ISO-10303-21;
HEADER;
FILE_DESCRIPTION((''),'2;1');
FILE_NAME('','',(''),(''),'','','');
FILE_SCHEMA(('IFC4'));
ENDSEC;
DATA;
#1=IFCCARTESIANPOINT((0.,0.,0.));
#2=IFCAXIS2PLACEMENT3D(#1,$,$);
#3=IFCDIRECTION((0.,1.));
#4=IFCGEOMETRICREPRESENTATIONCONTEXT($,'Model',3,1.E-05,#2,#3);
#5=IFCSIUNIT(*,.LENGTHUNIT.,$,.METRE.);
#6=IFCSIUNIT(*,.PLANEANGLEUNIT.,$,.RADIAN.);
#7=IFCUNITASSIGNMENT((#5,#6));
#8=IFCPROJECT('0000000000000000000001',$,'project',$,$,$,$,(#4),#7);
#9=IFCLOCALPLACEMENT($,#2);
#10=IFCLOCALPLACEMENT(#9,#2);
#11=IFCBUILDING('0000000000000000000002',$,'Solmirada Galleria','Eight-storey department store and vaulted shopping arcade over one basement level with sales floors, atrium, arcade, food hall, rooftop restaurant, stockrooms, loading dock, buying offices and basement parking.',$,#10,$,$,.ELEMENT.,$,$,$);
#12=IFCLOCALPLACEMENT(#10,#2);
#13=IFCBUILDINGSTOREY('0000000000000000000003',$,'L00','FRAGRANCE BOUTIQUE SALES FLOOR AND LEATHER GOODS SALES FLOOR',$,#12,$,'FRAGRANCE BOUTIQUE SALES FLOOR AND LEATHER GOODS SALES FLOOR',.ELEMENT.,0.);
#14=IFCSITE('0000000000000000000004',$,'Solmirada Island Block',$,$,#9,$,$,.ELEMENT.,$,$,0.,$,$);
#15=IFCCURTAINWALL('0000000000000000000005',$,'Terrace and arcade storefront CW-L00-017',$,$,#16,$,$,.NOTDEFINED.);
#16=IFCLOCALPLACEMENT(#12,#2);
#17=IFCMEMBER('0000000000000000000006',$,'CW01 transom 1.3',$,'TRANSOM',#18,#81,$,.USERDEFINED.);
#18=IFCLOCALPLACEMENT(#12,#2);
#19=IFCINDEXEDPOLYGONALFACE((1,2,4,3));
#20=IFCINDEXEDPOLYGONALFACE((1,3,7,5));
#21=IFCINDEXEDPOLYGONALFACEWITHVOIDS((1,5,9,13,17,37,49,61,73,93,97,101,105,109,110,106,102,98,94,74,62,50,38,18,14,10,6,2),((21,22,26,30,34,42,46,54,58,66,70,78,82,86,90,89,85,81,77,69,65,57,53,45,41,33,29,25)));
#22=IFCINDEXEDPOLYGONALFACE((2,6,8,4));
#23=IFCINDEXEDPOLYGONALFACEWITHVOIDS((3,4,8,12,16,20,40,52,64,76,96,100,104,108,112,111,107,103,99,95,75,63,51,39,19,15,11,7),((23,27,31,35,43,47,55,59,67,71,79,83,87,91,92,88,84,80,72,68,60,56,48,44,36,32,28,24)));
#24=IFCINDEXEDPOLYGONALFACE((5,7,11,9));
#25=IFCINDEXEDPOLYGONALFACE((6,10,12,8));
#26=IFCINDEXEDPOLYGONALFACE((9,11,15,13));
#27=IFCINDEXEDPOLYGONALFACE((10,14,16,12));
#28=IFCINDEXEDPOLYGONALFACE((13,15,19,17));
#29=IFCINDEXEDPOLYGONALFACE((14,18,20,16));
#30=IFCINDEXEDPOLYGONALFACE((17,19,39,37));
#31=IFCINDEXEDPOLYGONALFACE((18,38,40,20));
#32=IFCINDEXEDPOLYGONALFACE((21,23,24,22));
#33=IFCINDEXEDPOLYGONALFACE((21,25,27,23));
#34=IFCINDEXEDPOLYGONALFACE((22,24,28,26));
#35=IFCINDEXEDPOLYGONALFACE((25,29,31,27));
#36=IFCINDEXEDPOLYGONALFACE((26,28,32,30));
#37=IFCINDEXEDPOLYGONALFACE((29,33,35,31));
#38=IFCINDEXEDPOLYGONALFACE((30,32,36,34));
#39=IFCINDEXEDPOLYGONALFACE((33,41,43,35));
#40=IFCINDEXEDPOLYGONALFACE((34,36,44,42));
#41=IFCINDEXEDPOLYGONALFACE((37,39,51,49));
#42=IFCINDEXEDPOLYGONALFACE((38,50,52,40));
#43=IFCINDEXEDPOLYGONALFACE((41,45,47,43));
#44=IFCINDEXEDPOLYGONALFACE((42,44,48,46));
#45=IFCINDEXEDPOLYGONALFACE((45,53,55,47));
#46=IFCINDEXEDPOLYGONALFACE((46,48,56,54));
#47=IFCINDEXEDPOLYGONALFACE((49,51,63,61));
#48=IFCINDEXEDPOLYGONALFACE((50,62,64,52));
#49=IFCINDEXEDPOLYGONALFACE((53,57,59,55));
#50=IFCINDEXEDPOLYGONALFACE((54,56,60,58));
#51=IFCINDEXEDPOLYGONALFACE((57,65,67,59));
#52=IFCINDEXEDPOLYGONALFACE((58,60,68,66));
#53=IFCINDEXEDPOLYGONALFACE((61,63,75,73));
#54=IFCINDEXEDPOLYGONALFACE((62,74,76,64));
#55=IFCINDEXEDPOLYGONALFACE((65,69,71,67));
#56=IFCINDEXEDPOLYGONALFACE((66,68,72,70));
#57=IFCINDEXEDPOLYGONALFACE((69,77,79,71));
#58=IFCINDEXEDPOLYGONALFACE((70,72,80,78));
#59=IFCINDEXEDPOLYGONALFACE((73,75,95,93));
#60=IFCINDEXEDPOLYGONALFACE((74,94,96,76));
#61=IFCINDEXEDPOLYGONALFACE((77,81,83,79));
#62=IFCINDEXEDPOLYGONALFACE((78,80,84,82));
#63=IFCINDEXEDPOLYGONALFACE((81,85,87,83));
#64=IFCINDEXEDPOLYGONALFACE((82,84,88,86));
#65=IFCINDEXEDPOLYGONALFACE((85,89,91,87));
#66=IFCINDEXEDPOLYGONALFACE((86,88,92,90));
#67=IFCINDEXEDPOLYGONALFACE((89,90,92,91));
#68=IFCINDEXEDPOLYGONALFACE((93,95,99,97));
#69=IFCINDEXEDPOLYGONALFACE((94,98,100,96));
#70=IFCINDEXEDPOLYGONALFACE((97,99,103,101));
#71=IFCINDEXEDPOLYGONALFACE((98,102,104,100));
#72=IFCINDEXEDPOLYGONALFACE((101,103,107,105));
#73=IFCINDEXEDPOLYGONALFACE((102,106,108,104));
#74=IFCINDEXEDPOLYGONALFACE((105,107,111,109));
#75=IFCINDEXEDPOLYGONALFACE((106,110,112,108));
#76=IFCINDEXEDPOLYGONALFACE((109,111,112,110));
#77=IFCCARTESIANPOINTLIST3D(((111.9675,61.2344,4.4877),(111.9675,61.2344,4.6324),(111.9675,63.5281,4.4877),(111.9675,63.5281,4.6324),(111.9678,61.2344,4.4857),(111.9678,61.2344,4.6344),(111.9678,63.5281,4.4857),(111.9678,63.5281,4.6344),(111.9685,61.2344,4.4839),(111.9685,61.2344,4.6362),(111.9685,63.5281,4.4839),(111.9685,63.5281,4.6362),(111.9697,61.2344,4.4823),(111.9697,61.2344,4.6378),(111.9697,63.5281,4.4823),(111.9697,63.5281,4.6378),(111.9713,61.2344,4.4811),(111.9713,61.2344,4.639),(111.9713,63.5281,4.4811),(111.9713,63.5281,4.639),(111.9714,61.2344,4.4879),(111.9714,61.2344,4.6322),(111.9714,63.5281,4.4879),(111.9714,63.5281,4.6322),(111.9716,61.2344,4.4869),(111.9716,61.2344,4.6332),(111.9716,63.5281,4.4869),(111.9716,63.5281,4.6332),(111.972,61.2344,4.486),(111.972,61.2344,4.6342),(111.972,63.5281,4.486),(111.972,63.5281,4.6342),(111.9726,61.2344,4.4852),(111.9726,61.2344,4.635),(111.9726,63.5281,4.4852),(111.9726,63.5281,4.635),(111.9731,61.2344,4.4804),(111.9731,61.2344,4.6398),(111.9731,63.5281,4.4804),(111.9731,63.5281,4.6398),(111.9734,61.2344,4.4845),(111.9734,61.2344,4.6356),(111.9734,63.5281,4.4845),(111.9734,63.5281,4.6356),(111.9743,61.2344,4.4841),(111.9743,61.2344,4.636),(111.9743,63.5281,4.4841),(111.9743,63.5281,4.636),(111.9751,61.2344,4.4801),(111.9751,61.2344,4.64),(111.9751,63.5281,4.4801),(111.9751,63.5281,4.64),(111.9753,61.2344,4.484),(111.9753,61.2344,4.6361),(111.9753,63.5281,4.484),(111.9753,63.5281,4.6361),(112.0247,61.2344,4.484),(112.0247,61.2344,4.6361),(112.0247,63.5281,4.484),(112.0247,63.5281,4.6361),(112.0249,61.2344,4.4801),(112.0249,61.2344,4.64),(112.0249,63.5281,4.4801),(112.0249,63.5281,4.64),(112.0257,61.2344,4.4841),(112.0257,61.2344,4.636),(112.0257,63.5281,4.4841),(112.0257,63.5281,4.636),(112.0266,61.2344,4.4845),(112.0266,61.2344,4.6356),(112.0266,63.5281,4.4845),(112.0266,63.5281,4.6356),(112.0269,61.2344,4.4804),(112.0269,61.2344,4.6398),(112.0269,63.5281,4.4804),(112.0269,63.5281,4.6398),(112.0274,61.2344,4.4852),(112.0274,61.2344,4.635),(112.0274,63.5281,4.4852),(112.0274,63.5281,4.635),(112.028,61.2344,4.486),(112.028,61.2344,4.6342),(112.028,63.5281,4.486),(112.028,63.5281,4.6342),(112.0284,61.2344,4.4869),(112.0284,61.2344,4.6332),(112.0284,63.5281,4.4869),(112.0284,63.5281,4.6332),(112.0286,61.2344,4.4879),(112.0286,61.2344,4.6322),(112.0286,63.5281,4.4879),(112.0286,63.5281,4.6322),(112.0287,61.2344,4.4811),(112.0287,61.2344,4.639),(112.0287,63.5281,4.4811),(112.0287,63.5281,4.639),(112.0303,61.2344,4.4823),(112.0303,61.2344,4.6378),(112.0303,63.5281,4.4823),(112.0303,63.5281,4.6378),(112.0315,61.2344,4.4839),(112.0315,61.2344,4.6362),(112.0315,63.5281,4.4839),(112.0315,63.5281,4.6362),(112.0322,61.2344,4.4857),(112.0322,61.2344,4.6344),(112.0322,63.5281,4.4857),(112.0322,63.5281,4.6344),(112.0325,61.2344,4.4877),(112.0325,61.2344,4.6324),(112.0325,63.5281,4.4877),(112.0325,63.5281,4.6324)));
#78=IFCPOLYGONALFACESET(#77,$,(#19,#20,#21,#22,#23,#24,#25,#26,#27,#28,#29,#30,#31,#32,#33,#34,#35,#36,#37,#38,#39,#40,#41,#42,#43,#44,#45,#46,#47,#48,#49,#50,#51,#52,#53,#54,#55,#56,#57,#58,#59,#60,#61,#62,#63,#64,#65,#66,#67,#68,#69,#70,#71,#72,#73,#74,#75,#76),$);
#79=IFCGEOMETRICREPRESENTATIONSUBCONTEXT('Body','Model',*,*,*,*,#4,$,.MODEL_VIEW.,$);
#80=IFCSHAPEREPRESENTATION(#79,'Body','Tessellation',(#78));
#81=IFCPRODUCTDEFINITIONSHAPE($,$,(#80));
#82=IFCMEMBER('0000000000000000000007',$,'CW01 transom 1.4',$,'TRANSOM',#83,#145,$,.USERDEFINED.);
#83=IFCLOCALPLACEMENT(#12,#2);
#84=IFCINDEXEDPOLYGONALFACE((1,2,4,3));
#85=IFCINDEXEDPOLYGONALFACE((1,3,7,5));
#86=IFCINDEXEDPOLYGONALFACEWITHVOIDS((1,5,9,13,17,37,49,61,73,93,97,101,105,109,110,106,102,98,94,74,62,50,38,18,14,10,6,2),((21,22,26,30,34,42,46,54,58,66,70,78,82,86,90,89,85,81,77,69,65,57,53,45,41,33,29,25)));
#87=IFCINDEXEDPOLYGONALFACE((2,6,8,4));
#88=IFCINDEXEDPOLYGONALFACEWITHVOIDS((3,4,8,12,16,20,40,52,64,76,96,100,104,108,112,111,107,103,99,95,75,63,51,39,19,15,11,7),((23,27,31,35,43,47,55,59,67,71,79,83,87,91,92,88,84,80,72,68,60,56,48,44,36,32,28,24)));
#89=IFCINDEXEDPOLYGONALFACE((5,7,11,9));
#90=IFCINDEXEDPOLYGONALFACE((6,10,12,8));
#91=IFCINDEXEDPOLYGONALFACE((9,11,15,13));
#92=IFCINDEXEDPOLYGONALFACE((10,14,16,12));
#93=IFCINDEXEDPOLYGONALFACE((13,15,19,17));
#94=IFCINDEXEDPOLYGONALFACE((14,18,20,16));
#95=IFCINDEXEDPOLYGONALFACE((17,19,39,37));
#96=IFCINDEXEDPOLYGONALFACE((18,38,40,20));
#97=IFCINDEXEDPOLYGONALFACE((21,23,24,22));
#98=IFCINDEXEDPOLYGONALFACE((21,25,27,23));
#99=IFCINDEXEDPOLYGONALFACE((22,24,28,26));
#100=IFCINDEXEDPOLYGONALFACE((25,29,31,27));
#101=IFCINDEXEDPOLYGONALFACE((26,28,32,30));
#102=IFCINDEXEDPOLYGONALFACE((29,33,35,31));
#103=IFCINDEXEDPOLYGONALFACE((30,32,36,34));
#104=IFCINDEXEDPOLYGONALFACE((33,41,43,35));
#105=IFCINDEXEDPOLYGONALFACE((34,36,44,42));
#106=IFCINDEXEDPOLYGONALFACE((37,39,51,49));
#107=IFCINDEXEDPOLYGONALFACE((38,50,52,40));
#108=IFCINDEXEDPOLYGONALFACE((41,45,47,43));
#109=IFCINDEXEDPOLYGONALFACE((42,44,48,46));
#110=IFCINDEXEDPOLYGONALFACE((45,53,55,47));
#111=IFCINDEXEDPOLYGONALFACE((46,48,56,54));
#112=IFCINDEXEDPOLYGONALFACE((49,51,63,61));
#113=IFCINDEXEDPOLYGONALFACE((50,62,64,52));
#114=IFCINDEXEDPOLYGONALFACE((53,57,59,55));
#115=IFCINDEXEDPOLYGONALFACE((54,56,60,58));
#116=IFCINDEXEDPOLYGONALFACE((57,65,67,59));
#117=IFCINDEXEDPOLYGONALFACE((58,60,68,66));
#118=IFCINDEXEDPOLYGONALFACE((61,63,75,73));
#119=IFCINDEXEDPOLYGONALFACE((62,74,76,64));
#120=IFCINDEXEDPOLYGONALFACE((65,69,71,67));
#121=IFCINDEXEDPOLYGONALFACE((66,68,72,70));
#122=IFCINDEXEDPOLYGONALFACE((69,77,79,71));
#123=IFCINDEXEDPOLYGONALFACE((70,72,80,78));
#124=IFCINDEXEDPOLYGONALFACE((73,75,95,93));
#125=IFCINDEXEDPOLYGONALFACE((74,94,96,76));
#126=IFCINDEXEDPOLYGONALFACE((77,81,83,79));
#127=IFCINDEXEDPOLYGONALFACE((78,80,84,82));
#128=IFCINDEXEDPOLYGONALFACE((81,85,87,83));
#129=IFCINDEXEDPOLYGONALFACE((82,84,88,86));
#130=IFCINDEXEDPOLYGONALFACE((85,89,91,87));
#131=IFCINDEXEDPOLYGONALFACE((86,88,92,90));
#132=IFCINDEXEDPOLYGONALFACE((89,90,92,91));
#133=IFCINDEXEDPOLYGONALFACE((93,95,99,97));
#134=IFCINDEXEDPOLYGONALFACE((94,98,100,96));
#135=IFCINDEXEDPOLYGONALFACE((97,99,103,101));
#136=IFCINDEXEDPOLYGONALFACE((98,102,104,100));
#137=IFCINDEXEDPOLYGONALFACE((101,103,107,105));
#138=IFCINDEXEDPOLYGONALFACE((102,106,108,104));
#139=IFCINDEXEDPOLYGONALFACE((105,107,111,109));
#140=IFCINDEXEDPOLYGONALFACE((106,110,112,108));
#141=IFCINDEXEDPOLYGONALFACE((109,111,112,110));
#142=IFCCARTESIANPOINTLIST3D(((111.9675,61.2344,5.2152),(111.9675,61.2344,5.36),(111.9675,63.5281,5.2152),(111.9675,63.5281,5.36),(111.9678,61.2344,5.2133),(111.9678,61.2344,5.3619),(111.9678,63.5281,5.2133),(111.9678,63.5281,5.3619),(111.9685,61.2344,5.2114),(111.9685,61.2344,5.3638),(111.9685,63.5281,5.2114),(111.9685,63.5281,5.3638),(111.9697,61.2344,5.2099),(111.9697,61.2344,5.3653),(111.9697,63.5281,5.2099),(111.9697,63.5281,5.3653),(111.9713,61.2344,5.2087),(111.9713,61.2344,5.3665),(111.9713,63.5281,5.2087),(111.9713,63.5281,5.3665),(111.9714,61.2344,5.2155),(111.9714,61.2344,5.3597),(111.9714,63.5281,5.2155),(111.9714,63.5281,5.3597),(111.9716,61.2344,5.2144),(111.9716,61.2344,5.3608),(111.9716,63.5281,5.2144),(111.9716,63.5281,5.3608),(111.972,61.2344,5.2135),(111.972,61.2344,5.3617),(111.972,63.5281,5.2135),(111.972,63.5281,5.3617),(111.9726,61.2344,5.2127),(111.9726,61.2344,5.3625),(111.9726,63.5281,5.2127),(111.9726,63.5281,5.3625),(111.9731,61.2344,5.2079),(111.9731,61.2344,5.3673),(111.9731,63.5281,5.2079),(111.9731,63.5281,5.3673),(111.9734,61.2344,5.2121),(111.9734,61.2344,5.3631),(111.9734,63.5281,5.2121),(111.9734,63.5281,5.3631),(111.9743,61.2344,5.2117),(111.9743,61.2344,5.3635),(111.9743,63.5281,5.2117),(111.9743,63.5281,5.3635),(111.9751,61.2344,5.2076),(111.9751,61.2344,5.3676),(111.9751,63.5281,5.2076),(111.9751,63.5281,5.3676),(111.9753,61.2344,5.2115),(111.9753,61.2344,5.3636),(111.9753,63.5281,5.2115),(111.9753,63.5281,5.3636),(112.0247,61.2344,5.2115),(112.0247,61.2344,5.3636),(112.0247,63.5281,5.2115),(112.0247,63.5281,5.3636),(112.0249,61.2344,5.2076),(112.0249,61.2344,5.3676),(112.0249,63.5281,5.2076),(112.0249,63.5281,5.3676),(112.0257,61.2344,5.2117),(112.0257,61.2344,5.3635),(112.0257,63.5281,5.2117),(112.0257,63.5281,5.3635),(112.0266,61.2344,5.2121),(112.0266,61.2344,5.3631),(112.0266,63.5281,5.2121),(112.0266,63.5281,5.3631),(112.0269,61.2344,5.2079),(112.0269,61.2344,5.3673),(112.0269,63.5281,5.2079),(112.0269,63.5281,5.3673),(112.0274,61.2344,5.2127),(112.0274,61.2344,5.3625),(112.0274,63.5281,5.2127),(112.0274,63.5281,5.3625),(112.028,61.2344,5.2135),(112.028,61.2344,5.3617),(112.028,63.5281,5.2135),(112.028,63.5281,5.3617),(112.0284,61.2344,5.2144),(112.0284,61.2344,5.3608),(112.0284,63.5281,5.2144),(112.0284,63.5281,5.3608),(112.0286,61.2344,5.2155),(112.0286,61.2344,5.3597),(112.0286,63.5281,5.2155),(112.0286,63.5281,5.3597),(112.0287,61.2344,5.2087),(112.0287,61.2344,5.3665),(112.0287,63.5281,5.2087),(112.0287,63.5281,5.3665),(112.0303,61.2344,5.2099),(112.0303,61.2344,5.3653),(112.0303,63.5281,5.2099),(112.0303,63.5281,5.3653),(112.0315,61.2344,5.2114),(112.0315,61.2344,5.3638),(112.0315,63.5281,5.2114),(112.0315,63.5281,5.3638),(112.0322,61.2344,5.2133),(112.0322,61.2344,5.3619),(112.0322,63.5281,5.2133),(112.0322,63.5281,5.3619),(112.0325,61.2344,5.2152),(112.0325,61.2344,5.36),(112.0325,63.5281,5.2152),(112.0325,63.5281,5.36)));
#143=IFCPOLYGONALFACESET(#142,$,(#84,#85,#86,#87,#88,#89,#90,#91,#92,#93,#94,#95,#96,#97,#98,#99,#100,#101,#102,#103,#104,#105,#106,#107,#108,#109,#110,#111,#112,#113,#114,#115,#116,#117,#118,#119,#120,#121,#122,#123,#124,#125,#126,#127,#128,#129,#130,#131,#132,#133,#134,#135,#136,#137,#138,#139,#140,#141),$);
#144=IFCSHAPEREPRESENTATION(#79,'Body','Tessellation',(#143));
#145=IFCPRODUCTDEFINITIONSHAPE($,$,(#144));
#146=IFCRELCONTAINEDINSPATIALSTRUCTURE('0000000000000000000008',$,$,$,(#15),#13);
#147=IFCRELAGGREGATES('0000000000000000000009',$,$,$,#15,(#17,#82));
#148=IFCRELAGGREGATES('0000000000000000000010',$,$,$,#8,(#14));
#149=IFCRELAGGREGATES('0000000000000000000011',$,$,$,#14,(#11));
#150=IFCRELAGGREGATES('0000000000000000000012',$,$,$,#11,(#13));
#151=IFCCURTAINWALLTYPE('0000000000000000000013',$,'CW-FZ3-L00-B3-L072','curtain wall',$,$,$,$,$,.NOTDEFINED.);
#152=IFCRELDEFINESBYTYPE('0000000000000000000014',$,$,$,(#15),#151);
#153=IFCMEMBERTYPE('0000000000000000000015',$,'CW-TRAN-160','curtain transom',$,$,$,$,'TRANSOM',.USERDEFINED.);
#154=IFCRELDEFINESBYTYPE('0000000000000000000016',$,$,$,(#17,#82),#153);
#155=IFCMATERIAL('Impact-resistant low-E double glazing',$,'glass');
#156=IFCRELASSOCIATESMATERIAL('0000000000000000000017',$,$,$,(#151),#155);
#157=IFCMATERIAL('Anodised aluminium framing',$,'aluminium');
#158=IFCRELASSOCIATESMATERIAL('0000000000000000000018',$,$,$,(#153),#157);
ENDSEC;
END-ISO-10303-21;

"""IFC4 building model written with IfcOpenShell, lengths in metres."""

from ifc_helpers import new_model, si_unit, direction, frame, origin, origin_2d, place, context, subcontext, project, spatial, hollow_rectangle, extrude, material, material_profile, profile_set, type_object, element, aggregate, save


model = new_model("IFC4")

# Units and contexts
model_context = context("Model", 3, precision=1e-05, world=origin(), true_north=direction((0.0, 1.0)))
body_context = subcontext(model_context, "Body", "Model", "MODEL_VIEW")
ifc_project = project(units=[si_unit("LENGTHUNIT", "METRE"), si_unit("PLANEANGLEUNIT", "RADIAN")], contexts=[model_context])

# Site, building, storey
site_placement = place(None, origin())
site = spatial("IfcSite", under=ifc_project, at=site_placement, Name="Solmirada Island Block", CompositionType="ELEMENT", RefElevation=0.0)
building_placement = place(site_placement, origin())
building = spatial("IfcBuilding", under=site, at=building_placement, Name="Solmirada Galleria", Description="Eight-storey department store and vaulted shopping arcade over one basement level with sales floors, atrium, arcade, food hall, rooftop restaurant, stockrooms, loading dock, buying offices and basement parking.", CompositionType="ELEMENT")
storey_placement = place(building_placement, origin())
storey = spatial("IfcBuildingStorey", under=building, at=storey_placement, Name="L00", Description="FRAGRANCE BOUTIQUE SALES FLOOR AND LEATHER GOODS SALES FLOOR", LongName="FRAGRANCE BOUTIQUE SALES FLOOR AND LEATHER GOODS SALES FLOOR", CompositionType="ELEMENT", Elevation=0.0)

# Curtain wall
ifc_material_1 = material(Name="Impact-resistant low-E double glazing", Category="glass")
curtain_wall_type = type_object("IfcCurtainWallType", Name="CW-FZ3-L00-B3-L072", Description="curtain wall", PredefinedType="NOTDEFINED", material=ifc_material_1)
ifc_material_2 = material(Name="Anodised aluminium framing", Category="aluminium")
curtain_wall_1_placement = place(storey_placement, origin())
curtain_wall_1 = element("IfcCurtainWall", 1, at=curtain_wall_1_placement, inside=storey, type_object=curtain_wall_type, Name="Terrace and arcade storefront CW-L00-017", PredefinedType="NOTDEFINED")

# Members
ifc_material_profile_1 = material_profile(ifc_material_2, hollow_rectangle(XDim=0.0649, YDim=0.1599, WallThickness=0.0039, InnerFilletRadius=0.0039, OuterFilletRadius=0.0076, at=origin_2d()), Name="ALU-TRAN-160X65")
ifc_profile_set_1 = profile_set([ifc_material_profile_1], Name="Anodised aluminium framing")
member_type_1 = type_object("IfcMemberType", Name="CW-TRAN-160", Description="curtain transom", ElementType="TRANSOM", PredefinedType="USERDEFINED", material=ifc_profile_set_1)
member_1_placement = place(storey_placement, frame((112.0, 63.5281, 4.5601), z_axis=(0.0, -1.0, 0.0), x_axis=(1.0, 0.0, 0.0)))
member_1 = element("IfcMember", 2, at=member_1_placement, type_object=member_type_1, Name="CW01 transom 1.3", ObjectType="TRANSOM", PredefinedType="USERDEFINED", context=body_context, shape_type="SweptSolid", body=[
    extrude(hollow_rectangle(XDim=0.0649, YDim=0.1599, WallThickness=0.0039, InnerFilletRadius=0.0039, OuterFilletRadius=0.0076, at=origin_2d()), origin(), (0.0, 0.0, 1.0), 2.2937),
])
member_2_placement = place(storey_placement, frame((112.0, 63.5281, 5.2876), z_axis=(0.0, -1.0, 0.0), x_axis=(1.0, 0.0, 0.0)))
member_2 = element("IfcMember", 3, at=member_2_placement, type_object=member_type_1, Name="CW01 transom 1.4", ObjectType="TRANSOM", PredefinedType="USERDEFINED", context=body_context, shape_type="SweptSolid", body=[
    extrude(hollow_rectangle(XDim=0.0649, YDim=0.1599, WallThickness=0.0039, InnerFilletRadius=0.0039, OuterFilletRadius=0.0076, at=origin_2d()), origin(), (0.0, 0.0, 1.0), 2.2937),
])

aggregate(curtain_wall_1, [member_1, member_2])

save(model, "model.ifc")
